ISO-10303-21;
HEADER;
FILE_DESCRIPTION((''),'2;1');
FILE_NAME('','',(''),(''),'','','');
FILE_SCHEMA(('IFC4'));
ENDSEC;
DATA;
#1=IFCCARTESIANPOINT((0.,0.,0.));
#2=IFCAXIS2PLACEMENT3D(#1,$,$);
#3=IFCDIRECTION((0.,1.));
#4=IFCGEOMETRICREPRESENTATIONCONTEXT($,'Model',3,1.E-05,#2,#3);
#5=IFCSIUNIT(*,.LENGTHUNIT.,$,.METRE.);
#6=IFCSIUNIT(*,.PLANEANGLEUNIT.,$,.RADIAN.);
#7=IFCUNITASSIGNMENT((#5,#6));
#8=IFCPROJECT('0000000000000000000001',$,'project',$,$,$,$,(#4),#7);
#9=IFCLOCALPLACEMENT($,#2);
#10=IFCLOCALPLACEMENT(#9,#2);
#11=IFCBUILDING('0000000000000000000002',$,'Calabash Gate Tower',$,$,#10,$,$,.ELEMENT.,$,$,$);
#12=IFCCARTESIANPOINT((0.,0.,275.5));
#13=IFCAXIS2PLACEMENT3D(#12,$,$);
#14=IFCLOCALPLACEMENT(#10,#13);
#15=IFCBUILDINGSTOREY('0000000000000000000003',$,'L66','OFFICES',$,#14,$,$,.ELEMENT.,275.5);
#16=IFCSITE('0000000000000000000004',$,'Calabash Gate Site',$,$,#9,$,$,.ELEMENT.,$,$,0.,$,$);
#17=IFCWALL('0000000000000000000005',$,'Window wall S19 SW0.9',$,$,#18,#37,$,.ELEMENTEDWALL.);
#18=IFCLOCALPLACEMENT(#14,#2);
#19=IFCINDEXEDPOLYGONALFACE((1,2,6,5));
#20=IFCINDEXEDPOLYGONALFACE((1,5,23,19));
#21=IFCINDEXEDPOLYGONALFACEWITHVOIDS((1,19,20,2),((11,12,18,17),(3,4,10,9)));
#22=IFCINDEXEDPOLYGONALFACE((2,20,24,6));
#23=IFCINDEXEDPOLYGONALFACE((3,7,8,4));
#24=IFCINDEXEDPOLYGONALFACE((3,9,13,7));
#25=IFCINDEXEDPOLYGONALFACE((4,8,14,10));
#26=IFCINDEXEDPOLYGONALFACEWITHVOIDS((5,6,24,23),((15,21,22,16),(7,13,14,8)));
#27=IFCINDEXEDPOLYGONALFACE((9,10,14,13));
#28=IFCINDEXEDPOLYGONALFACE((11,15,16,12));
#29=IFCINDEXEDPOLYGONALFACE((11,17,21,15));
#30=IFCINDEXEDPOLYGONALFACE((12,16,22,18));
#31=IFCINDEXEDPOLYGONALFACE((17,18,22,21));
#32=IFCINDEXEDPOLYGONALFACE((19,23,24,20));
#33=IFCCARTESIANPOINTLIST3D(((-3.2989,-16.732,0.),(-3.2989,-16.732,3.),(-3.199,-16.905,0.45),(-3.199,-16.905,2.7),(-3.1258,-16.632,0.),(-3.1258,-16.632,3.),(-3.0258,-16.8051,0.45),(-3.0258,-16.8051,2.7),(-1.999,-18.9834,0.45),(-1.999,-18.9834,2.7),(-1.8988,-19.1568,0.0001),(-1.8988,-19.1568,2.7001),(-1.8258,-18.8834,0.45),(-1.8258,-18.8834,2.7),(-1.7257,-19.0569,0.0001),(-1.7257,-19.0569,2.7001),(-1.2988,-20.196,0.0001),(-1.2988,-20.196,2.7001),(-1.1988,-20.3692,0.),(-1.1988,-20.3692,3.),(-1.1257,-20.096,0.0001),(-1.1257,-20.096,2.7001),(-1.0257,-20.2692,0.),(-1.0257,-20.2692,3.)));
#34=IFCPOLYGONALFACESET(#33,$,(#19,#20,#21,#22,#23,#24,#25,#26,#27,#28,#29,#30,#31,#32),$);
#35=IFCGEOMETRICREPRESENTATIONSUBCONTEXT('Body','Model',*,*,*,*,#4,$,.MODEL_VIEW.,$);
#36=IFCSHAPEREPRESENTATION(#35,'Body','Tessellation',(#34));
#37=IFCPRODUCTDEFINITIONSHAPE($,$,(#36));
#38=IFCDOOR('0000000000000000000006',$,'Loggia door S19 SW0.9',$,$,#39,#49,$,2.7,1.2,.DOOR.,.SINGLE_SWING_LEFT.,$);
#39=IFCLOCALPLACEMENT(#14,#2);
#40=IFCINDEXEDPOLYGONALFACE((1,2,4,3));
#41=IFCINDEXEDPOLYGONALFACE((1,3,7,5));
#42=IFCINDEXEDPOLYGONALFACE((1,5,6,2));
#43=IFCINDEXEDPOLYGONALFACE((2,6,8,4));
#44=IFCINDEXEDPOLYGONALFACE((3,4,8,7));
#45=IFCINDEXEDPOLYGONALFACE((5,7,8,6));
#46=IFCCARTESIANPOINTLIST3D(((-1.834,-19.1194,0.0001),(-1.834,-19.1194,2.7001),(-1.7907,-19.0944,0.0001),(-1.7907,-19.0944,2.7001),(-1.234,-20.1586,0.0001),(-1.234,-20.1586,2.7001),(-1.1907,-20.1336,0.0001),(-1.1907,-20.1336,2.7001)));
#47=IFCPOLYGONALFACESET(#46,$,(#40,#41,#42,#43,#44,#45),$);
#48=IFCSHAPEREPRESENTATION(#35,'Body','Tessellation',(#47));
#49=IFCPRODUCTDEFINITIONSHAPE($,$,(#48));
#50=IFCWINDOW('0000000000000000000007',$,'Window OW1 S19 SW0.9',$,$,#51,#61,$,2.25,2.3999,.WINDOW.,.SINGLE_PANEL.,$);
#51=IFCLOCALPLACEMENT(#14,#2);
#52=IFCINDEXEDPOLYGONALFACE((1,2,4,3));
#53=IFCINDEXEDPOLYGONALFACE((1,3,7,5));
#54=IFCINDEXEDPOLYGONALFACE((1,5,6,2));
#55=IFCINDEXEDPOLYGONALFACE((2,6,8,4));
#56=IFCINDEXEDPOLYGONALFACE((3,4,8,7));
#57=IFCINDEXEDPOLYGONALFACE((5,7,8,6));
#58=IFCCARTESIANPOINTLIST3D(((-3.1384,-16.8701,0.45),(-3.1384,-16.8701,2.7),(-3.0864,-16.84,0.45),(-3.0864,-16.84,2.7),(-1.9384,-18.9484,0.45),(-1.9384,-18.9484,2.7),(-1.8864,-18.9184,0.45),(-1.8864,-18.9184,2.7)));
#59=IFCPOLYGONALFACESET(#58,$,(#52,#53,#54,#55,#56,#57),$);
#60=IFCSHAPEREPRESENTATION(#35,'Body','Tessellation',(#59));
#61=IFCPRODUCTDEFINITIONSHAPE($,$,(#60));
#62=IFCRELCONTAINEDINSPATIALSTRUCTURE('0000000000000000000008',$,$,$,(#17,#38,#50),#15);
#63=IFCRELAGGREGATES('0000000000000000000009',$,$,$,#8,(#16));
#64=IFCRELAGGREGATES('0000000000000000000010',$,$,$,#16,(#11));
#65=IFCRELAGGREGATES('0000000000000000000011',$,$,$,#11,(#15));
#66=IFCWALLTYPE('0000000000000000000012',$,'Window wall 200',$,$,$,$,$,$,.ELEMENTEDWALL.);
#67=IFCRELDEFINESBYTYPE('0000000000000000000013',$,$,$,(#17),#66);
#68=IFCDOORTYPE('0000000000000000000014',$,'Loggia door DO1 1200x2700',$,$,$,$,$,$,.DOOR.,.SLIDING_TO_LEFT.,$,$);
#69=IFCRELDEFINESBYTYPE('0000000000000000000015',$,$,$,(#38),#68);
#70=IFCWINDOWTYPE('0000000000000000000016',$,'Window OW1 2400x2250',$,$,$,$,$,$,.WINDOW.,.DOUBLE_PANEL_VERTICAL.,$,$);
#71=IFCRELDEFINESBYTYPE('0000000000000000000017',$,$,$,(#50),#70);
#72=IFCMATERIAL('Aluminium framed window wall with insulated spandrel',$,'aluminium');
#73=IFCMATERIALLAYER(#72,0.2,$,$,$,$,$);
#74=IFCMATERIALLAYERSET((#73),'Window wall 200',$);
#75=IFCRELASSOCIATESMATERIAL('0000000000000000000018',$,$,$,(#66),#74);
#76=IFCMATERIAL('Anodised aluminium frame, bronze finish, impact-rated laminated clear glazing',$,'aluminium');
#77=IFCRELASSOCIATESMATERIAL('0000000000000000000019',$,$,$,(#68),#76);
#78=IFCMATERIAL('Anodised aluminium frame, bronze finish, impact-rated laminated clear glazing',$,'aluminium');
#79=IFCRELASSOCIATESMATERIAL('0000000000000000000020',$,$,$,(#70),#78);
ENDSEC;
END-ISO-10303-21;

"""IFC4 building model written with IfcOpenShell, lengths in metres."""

from ifc_helpers import new_model, si_unit, direction, frame, frame_2d, origin, place, context, subcontext, project, spatial, rectangle, extrude, material, layer, layer_set, type_object, element, fill, save


model = new_model("IFC4")

# Units and contexts
model_context = context("Model", 3, precision=1e-05, world=origin(), true_north=direction((0.0, 1.0)))
body_context = subcontext(model_context, "Body", "Model", "MODEL_VIEW")
ifc_project = project(units=[si_unit("LENGTHUNIT", "METRE"), si_unit("PLANEANGLEUNIT", "RADIAN")], contexts=[model_context])

# Site, building, storey
site_placement = place(None, origin())
site = spatial("IfcSite", under=ifc_project, at=site_placement, Name="Calabash Gate Site", CompositionType="ELEMENT", RefElevation=0.0)
building_placement = place(site_placement, origin())
building = spatial("IfcBuilding", under=site, at=building_placement, Name="Calabash Gate Tower", CompositionType="ELEMENT")
storey_placement = place(building_placement, frame((0.0, 0.0, 275.5)))
storey = spatial("IfcBuildingStorey", under=building, at=storey_placement, Name="L66", Description="OFFICES", CompositionType="ELEMENT", Elevation=275.5)

# Shared definitions
ifc_material_1 = material(Name="Aluminium framed window wall with insulated spandrel", Category="aluminium")
ifc_layer_1 = layer(ifc_material_1, 0.2)
ifc_layer_set_1 = layer_set([ifc_layer_1], Name="Window wall 200")
wall_type_1 = type_object("IfcWallType", Name="Window wall 200", PredefinedType="ELEMENTEDWALL", material=ifc_layer_set_1)

# Wall, openings, door, window
wall_1_placement = place(storey_placement, frame((-3.2124, -16.6819, 0.0), z_axis=(0.0, 0.0, 1.0), x_axis=(0.500028, -0.866009, 0.0)))
wall_1 = element("IfcWall", 1, at=wall_1_placement, inside=storey, type_object=wall_type_1, Name="Window wall S19 SW0.9", PredefinedType="ELEMENTEDWALL", context=body_context, shape_type="SweptSolid", body=[
    extrude(rectangle(XDim=4.2, YDim=0.2, at=frame_2d((2.1001, 0.0))), origin(), (0.0, 0.0, 1.0), 3.0),
])
opening_1_placement = place(wall_1_placement, frame((0.2, 0.0, 0.45)))
opening_1 = element("IfcOpeningElement", 2, at=opening_1_placement, cuts=wall_1, PredefinedType="OPENING", context=body_context, shape_type="SweptSolid", body=[
    extrude(rectangle(XDim=2.3999, YDim=2.25, at=frame_2d((1.2, 1.125))), frame((0.0, 0.1099, 0.0), z_axis=(0.0, -1.0, 0.0), x_axis=(1.0, 0.0, 0.0)), (0.0, 0.0, 1.0), 0.22),
])
opening_2_placement = place(wall_1_placement, frame((2.8, 0.0, 0.0)))
opening_2 = element("IfcOpeningElement", 3, at=opening_2_placement, cuts=wall_1, PredefinedType="OPENING", context=body_context, shape_type="SweptSolid", body=[
    extrude(rectangle(XDim=1.2, YDim=2.7, at=frame_2d((0.6001, 1.3501))), frame((0.0, 0.1099, 0.0), z_axis=(0.0, -1.0, 0.0), x_axis=(1.0, 0.0, 0.0)), (0.0, 0.0, 1.0), 0.22),
])
ifc_material_2 = material(Name="Anodised aluminium frame, bronze finish, impact-rated laminated clear glazing", Category="aluminium")
door_type = type_object("IfcDoorType", Name="Loggia door DO1 1200x2700", OperationType="SLIDING_TO_LEFT", PredefinedType="DOOR", material=ifc_material_2)
door_placement = place(opening_2_placement, origin())
door = element("IfcDoor", 4, at=door_placement, inside=storey, type_object=door_type, Name="Loggia door S19 SW0.9", OperationType="SINGLE_SWING_LEFT", OverallHeight=2.7, OverallWidth=1.2, PredefinedType="DOOR", context=body_context, shape_type="SweptSolid", body=[
    extrude(rectangle(XDim=1.2, YDim=2.7, at=frame_2d((0.6001, 1.3501))), frame((0.0, 0.0249, 0.0), z_axis=(0.0, -1.0, 0.0), x_axis=(1.0, 0.0, 0.0)), (0.0, 0.0, 1.0), 0.05),
])
fill(opening_2, door)
ifc_material_3 = material(Name="Anodised aluminium frame, bronze finish, impact-rated laminated clear glazing", Category="aluminium")
window_type_1 = type_object("IfcWindowType", Name="Window OW1 2400x2250", PartitioningType="DOUBLE_PANEL_VERTICAL", PredefinedType="WINDOW", material=ifc_material_3)
window_1_placement = place(opening_1_placement, origin())
window_1 = element("IfcWindow", 5, at=window_1_placement, inside=storey, type_object=window_type_1, Name="Window OW1 S19 SW0.9", OverallHeight=2.25, OverallWidth=2.3999, PartitioningType="SINGLE_PANEL", PredefinedType="WINDOW", context=body_context, shape_type="SweptSolid", body=[
    extrude(rectangle(XDim=2.3999, YDim=2.25, at=frame_2d((1.2, 1.125))), frame((0.0, 0.03, 0.0), z_axis=(0.0, -1.0, 0.0), x_axis=(1.0, 0.0, 0.0)), (0.0, 0.0, 1.0), 0.0601),
])
fill(opening_1, window_1)

save(model, "model.ifc")
